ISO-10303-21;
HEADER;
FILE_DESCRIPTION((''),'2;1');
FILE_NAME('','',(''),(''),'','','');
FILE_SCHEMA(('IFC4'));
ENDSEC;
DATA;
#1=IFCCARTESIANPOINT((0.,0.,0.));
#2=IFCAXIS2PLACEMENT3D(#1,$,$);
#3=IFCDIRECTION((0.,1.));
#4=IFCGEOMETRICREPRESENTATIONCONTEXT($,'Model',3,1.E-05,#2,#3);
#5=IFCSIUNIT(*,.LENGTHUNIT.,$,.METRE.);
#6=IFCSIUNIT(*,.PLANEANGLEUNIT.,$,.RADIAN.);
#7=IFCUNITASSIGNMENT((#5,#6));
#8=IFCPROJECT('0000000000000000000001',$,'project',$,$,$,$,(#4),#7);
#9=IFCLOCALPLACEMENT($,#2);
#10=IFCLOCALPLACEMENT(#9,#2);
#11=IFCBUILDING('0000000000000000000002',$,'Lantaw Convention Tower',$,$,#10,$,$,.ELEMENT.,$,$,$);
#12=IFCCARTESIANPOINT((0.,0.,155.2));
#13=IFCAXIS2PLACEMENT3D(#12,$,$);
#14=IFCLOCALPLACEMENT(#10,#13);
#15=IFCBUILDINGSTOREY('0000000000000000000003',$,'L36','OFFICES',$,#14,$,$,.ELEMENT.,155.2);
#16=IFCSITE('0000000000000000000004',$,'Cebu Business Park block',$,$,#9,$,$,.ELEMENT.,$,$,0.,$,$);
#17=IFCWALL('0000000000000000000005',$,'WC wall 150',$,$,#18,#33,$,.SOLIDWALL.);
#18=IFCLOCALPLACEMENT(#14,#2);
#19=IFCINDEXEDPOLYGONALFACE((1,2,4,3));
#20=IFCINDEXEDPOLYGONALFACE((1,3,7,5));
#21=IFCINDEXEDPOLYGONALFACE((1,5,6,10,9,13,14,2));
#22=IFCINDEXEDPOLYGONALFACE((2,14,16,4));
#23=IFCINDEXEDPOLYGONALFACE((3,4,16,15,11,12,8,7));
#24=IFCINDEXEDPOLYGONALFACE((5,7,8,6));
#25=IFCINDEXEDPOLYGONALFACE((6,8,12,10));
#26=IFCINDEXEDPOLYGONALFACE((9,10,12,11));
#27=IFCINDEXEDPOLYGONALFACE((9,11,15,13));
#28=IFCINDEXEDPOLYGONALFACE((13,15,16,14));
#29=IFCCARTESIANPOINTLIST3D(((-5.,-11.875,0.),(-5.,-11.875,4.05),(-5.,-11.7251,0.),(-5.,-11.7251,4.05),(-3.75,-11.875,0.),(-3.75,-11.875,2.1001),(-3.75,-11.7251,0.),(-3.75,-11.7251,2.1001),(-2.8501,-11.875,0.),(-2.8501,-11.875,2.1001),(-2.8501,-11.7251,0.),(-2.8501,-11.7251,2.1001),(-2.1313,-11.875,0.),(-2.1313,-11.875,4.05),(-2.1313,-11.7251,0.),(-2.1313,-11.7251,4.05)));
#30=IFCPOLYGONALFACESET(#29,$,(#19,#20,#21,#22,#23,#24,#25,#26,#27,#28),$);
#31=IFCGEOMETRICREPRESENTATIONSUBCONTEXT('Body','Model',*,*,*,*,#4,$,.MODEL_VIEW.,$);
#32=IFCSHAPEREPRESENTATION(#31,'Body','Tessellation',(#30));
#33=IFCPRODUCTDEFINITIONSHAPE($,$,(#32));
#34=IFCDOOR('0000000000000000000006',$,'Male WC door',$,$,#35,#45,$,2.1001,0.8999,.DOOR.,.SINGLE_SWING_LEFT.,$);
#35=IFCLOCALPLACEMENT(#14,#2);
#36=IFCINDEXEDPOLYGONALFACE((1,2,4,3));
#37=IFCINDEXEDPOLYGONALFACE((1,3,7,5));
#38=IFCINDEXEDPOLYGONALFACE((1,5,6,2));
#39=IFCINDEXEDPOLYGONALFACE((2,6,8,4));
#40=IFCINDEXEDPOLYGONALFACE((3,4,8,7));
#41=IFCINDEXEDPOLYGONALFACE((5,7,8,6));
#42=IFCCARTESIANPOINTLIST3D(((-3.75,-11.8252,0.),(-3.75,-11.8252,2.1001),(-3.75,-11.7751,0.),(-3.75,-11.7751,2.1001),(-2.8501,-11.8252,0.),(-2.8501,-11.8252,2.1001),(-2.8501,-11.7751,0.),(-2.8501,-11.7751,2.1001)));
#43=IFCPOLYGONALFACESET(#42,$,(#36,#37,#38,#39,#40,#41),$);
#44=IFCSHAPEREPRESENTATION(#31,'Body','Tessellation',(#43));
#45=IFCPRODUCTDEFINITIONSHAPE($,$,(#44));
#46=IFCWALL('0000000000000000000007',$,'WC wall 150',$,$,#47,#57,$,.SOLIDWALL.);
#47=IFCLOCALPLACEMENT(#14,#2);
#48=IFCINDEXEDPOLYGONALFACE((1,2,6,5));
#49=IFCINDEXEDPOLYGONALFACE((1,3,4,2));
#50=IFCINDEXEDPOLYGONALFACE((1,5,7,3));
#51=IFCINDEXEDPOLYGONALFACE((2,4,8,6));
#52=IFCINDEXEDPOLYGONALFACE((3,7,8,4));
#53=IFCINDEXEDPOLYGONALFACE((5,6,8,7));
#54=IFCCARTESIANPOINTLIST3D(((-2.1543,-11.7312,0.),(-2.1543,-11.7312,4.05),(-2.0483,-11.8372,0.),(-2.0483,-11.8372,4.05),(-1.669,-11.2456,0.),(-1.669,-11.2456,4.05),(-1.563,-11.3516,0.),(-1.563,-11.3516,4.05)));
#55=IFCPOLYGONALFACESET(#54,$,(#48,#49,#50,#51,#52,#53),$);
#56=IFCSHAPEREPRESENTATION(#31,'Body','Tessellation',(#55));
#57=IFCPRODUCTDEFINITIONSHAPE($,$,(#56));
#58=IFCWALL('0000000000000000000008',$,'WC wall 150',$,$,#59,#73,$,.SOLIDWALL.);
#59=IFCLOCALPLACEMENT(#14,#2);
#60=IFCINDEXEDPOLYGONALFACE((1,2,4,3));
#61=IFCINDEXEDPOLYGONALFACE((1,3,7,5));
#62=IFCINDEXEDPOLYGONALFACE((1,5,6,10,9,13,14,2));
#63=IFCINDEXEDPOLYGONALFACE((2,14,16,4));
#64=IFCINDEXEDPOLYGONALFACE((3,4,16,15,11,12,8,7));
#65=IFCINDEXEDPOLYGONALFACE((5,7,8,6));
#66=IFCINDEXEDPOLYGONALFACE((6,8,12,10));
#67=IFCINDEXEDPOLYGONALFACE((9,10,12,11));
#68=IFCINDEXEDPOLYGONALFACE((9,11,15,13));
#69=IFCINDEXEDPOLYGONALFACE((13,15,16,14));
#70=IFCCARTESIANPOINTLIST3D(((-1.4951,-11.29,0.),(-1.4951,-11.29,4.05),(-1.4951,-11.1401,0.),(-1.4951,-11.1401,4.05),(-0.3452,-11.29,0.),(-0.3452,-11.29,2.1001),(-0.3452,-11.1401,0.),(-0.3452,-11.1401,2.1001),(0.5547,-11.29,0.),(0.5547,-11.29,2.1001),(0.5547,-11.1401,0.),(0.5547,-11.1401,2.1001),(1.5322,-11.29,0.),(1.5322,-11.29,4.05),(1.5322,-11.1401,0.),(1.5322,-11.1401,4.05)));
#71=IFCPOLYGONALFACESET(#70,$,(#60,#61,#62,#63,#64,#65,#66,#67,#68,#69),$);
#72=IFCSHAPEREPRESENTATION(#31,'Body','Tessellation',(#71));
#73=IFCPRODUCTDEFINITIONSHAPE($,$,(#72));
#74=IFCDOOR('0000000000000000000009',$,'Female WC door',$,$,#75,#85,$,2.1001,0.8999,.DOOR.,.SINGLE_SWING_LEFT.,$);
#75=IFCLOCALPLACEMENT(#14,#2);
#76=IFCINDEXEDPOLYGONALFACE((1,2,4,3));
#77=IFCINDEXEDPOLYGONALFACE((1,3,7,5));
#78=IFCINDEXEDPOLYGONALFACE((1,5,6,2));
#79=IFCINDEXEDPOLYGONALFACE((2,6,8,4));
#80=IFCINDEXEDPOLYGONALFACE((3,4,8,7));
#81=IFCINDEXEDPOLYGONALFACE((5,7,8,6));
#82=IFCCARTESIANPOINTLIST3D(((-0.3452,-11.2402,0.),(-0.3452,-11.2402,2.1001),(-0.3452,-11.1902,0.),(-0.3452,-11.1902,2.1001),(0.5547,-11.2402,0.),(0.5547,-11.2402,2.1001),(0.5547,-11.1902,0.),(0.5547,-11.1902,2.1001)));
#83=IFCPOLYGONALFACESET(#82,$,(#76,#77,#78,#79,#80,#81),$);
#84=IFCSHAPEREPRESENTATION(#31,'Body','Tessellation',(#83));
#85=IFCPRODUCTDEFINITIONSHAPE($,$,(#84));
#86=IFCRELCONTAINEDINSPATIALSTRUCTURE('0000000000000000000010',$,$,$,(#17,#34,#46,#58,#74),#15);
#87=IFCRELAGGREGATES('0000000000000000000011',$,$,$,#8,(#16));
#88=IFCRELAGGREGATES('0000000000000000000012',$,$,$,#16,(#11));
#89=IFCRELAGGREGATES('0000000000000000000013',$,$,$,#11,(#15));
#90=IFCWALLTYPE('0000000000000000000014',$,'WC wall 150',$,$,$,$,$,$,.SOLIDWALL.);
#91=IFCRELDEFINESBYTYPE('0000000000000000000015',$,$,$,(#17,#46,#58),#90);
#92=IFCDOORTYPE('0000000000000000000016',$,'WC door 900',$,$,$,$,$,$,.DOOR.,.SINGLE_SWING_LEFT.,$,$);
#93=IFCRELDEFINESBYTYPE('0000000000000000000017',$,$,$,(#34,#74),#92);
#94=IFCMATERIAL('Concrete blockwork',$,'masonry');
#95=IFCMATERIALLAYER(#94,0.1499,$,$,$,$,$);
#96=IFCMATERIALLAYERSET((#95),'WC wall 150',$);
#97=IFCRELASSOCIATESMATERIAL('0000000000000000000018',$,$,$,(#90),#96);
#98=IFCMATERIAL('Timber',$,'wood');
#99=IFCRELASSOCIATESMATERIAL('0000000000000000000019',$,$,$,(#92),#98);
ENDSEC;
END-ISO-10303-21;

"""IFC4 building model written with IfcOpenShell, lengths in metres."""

from ifc_helpers import new_model, si_unit, direction, frame, frame_2d, origin, place, context, subcontext, project, spatial, rectangle, extrude, material, layer, layer_set, type_object, element, fill, save


model = new_model("IFC4")

# Units and contexts
model_context = context("Model", 3, precision=1e-05, world=origin(), true_north=direction((0.0, 1.0)))
body_context = subcontext(model_context, "Body", "Model", "MODEL_VIEW")
ifc_project = project(units=[si_unit("LENGTHUNIT", "METRE"), si_unit("PLANEANGLEUNIT", "RADIAN")], contexts=[model_context])

# Site, building, storey
site_placement = place(None, origin())
site = spatial("IfcSite", under=ifc_project, at=site_placement, Name="Cebu Business Park block", CompositionType="ELEMENT", RefElevation=0.0)
building_placement = place(site_placement, origin())
building = spatial("IfcBuilding", under=site, at=building_placement, Name="Lantaw Convention Tower", CompositionType="ELEMENT")
storey_placement = place(building_placement, frame((0.0, 0.0, 155.2)))
storey = spatial("IfcBuildingStorey", under=building, at=storey_placement, Name="L36", Description="OFFICES", CompositionType="ELEMENT", Elevation=155.2)

# Wall, opening, door
ifc_material_1 = material(Name="Concrete blockwork", Category="masonry")
ifc_layer_1 = layer(ifc_material_1, 0.1499)
ifc_layer_set_1 = layer_set([ifc_layer_1], Name="WC wall 150")
wall_type_1 = type_object("IfcWallType", Name="WC wall 150", PredefinedType="SOLIDWALL", material=ifc_layer_set_1)
wall_1_placement = place(storey_placement, frame((-5.0, -11.8, 0.0), z_axis=(0.0, 0.0, 1.0), x_axis=(1.0, 0.0, 0.0)))
wall_1 = element("IfcWall", 1, at=wall_1_placement, inside=storey, type_object=wall_type_1, Name="WC wall 150", PredefinedType="SOLIDWALL", context=body_context, shape_type="SweptSolid", body=[
    extrude(rectangle(XDim=2.8687, YDim=0.1499, at=frame_2d((1.4343, 0.0))), origin(), (0.0, 0.0, 1.0), 4.05),
])
opening_1_placement = place(wall_1_placement, frame((1.25, 0.0, 0.0)))
opening_1 = element("IfcOpeningElement", 2, at=opening_1_placement, cuts=wall_1, PredefinedType="OPENING", context=body_context, shape_type="SweptSolid", body=[
    extrude(rectangle(XDim=0.8999, YDim=2.1001, at=frame_2d((0.45, 1.05))), frame((0.0, 0.085, 0.0), z_axis=(0.0, -1.0, 0.0), x_axis=(1.0, 0.0, 0.0)), (0.0, 0.0, 1.0), 0.1699),
])
ifc_material_2 = material(Name="Timber", Category="wood")
door_type_1 = type_object("IfcDoorType", Name="WC door 900", OperationType="SINGLE_SWING_LEFT", PredefinedType="DOOR", material=ifc_material_2)
door_1_placement = place(opening_1_placement, origin())
door_1 = element("IfcDoor", 3, at=door_1_placement, inside=storey, type_object=door_type_1, Name="Male WC door", OperationType="SINGLE_SWING_LEFT", OverallHeight=2.1001, OverallWidth=0.8999, PredefinedType="DOOR", context=body_context, shape_type="SweptSolid", body=[
    extrude(rectangle(XDim=0.8999, YDim=2.1001, at=frame_2d((0.45, 1.05))), frame((0.0, 0.0249, 0.0), z_axis=(0.0, -1.0, 0.0), x_axis=(1.0, 0.0, 0.0)), (0.0, 0.0, 1.0), 0.05),
])
fill(opening_1, door_1)

# Wall
wall_2_placement = place(storey_placement, frame((-2.1013, -11.7842, 0.0), z_axis=(0.0, 0.0, 1.0), x_axis=(0.706929, 0.707285, 0.0)))
element("IfcWall", 4, at=wall_2_placement, inside=storey, type_object=wall_type_1, Name="WC wall 150", PredefinedType="SOLIDWALL", context=body_context, shape_type="SweptSolid", body=[
    extrude(rectangle(XDim=0.6865, YDim=0.1499, at=frame_2d((0.3433, 0.0))), origin(), (0.0, 0.0, 1.0), 4.05),
])

# Wall, opening, door
wall_3_placement = place(storey_placement, frame((-1.4951, -11.2151, 0.0), z_axis=(0.0, 0.0, 1.0), x_axis=(1.0, 0.0, 0.0)))
wall_3 = element("IfcWall", 5, at=wall_3_placement, inside=storey, type_object=wall_type_1, Name="WC wall 150", PredefinedType="SOLIDWALL", context=body_context, shape_type="SweptSolid", body=[
    extrude(rectangle(XDim=3.0273, YDim=0.1499, at=frame_2d((1.5137, 0.0))), origin(), (0.0, 0.0, 1.0), 4.05),
])
opening_2_placement = place(wall_3_placement, frame((1.1499, 0.0, 0.0)))
opening_2 = element("IfcOpeningElement", 6, at=opening_2_placement, cuts=wall_3, PredefinedType="OPENING", context=body_context, shape_type="SweptSolid", body=[
    extrude(rectangle(XDim=0.8999, YDim=2.1001, at=frame_2d((0.45, 1.05))), frame((0.0, 0.085, 0.0), z_axis=(0.0, -1.0, 0.0), x_axis=(1.0, 0.0, 0.0)), (0.0, 0.0, 1.0), 0.1699),
])
door_2_placement = place(opening_2_placement, origin())
door_2 = element("IfcDoor", 7, at=door_2_placement, inside=storey, type_object=door_type_1, Name="Female WC door", OperationType="SINGLE_SWING_LEFT", OverallHeight=2.1001, OverallWidth=0.8999, PredefinedType="DOOR", context=body_context, shape_type="SweptSolid", body=[
    extrude(rectangle(XDim=0.8999, YDim=2.1001, at=frame_2d((0.45, 1.05))), frame((0.0, 0.0249, 0.0), z_axis=(0.0, -1.0, 0.0), x_axis=(1.0, 0.0, 0.0)), (0.0, 0.0, 1.0), 0.05),
])
fill(opening_2, door_2)

save(model, "model.ifc")
